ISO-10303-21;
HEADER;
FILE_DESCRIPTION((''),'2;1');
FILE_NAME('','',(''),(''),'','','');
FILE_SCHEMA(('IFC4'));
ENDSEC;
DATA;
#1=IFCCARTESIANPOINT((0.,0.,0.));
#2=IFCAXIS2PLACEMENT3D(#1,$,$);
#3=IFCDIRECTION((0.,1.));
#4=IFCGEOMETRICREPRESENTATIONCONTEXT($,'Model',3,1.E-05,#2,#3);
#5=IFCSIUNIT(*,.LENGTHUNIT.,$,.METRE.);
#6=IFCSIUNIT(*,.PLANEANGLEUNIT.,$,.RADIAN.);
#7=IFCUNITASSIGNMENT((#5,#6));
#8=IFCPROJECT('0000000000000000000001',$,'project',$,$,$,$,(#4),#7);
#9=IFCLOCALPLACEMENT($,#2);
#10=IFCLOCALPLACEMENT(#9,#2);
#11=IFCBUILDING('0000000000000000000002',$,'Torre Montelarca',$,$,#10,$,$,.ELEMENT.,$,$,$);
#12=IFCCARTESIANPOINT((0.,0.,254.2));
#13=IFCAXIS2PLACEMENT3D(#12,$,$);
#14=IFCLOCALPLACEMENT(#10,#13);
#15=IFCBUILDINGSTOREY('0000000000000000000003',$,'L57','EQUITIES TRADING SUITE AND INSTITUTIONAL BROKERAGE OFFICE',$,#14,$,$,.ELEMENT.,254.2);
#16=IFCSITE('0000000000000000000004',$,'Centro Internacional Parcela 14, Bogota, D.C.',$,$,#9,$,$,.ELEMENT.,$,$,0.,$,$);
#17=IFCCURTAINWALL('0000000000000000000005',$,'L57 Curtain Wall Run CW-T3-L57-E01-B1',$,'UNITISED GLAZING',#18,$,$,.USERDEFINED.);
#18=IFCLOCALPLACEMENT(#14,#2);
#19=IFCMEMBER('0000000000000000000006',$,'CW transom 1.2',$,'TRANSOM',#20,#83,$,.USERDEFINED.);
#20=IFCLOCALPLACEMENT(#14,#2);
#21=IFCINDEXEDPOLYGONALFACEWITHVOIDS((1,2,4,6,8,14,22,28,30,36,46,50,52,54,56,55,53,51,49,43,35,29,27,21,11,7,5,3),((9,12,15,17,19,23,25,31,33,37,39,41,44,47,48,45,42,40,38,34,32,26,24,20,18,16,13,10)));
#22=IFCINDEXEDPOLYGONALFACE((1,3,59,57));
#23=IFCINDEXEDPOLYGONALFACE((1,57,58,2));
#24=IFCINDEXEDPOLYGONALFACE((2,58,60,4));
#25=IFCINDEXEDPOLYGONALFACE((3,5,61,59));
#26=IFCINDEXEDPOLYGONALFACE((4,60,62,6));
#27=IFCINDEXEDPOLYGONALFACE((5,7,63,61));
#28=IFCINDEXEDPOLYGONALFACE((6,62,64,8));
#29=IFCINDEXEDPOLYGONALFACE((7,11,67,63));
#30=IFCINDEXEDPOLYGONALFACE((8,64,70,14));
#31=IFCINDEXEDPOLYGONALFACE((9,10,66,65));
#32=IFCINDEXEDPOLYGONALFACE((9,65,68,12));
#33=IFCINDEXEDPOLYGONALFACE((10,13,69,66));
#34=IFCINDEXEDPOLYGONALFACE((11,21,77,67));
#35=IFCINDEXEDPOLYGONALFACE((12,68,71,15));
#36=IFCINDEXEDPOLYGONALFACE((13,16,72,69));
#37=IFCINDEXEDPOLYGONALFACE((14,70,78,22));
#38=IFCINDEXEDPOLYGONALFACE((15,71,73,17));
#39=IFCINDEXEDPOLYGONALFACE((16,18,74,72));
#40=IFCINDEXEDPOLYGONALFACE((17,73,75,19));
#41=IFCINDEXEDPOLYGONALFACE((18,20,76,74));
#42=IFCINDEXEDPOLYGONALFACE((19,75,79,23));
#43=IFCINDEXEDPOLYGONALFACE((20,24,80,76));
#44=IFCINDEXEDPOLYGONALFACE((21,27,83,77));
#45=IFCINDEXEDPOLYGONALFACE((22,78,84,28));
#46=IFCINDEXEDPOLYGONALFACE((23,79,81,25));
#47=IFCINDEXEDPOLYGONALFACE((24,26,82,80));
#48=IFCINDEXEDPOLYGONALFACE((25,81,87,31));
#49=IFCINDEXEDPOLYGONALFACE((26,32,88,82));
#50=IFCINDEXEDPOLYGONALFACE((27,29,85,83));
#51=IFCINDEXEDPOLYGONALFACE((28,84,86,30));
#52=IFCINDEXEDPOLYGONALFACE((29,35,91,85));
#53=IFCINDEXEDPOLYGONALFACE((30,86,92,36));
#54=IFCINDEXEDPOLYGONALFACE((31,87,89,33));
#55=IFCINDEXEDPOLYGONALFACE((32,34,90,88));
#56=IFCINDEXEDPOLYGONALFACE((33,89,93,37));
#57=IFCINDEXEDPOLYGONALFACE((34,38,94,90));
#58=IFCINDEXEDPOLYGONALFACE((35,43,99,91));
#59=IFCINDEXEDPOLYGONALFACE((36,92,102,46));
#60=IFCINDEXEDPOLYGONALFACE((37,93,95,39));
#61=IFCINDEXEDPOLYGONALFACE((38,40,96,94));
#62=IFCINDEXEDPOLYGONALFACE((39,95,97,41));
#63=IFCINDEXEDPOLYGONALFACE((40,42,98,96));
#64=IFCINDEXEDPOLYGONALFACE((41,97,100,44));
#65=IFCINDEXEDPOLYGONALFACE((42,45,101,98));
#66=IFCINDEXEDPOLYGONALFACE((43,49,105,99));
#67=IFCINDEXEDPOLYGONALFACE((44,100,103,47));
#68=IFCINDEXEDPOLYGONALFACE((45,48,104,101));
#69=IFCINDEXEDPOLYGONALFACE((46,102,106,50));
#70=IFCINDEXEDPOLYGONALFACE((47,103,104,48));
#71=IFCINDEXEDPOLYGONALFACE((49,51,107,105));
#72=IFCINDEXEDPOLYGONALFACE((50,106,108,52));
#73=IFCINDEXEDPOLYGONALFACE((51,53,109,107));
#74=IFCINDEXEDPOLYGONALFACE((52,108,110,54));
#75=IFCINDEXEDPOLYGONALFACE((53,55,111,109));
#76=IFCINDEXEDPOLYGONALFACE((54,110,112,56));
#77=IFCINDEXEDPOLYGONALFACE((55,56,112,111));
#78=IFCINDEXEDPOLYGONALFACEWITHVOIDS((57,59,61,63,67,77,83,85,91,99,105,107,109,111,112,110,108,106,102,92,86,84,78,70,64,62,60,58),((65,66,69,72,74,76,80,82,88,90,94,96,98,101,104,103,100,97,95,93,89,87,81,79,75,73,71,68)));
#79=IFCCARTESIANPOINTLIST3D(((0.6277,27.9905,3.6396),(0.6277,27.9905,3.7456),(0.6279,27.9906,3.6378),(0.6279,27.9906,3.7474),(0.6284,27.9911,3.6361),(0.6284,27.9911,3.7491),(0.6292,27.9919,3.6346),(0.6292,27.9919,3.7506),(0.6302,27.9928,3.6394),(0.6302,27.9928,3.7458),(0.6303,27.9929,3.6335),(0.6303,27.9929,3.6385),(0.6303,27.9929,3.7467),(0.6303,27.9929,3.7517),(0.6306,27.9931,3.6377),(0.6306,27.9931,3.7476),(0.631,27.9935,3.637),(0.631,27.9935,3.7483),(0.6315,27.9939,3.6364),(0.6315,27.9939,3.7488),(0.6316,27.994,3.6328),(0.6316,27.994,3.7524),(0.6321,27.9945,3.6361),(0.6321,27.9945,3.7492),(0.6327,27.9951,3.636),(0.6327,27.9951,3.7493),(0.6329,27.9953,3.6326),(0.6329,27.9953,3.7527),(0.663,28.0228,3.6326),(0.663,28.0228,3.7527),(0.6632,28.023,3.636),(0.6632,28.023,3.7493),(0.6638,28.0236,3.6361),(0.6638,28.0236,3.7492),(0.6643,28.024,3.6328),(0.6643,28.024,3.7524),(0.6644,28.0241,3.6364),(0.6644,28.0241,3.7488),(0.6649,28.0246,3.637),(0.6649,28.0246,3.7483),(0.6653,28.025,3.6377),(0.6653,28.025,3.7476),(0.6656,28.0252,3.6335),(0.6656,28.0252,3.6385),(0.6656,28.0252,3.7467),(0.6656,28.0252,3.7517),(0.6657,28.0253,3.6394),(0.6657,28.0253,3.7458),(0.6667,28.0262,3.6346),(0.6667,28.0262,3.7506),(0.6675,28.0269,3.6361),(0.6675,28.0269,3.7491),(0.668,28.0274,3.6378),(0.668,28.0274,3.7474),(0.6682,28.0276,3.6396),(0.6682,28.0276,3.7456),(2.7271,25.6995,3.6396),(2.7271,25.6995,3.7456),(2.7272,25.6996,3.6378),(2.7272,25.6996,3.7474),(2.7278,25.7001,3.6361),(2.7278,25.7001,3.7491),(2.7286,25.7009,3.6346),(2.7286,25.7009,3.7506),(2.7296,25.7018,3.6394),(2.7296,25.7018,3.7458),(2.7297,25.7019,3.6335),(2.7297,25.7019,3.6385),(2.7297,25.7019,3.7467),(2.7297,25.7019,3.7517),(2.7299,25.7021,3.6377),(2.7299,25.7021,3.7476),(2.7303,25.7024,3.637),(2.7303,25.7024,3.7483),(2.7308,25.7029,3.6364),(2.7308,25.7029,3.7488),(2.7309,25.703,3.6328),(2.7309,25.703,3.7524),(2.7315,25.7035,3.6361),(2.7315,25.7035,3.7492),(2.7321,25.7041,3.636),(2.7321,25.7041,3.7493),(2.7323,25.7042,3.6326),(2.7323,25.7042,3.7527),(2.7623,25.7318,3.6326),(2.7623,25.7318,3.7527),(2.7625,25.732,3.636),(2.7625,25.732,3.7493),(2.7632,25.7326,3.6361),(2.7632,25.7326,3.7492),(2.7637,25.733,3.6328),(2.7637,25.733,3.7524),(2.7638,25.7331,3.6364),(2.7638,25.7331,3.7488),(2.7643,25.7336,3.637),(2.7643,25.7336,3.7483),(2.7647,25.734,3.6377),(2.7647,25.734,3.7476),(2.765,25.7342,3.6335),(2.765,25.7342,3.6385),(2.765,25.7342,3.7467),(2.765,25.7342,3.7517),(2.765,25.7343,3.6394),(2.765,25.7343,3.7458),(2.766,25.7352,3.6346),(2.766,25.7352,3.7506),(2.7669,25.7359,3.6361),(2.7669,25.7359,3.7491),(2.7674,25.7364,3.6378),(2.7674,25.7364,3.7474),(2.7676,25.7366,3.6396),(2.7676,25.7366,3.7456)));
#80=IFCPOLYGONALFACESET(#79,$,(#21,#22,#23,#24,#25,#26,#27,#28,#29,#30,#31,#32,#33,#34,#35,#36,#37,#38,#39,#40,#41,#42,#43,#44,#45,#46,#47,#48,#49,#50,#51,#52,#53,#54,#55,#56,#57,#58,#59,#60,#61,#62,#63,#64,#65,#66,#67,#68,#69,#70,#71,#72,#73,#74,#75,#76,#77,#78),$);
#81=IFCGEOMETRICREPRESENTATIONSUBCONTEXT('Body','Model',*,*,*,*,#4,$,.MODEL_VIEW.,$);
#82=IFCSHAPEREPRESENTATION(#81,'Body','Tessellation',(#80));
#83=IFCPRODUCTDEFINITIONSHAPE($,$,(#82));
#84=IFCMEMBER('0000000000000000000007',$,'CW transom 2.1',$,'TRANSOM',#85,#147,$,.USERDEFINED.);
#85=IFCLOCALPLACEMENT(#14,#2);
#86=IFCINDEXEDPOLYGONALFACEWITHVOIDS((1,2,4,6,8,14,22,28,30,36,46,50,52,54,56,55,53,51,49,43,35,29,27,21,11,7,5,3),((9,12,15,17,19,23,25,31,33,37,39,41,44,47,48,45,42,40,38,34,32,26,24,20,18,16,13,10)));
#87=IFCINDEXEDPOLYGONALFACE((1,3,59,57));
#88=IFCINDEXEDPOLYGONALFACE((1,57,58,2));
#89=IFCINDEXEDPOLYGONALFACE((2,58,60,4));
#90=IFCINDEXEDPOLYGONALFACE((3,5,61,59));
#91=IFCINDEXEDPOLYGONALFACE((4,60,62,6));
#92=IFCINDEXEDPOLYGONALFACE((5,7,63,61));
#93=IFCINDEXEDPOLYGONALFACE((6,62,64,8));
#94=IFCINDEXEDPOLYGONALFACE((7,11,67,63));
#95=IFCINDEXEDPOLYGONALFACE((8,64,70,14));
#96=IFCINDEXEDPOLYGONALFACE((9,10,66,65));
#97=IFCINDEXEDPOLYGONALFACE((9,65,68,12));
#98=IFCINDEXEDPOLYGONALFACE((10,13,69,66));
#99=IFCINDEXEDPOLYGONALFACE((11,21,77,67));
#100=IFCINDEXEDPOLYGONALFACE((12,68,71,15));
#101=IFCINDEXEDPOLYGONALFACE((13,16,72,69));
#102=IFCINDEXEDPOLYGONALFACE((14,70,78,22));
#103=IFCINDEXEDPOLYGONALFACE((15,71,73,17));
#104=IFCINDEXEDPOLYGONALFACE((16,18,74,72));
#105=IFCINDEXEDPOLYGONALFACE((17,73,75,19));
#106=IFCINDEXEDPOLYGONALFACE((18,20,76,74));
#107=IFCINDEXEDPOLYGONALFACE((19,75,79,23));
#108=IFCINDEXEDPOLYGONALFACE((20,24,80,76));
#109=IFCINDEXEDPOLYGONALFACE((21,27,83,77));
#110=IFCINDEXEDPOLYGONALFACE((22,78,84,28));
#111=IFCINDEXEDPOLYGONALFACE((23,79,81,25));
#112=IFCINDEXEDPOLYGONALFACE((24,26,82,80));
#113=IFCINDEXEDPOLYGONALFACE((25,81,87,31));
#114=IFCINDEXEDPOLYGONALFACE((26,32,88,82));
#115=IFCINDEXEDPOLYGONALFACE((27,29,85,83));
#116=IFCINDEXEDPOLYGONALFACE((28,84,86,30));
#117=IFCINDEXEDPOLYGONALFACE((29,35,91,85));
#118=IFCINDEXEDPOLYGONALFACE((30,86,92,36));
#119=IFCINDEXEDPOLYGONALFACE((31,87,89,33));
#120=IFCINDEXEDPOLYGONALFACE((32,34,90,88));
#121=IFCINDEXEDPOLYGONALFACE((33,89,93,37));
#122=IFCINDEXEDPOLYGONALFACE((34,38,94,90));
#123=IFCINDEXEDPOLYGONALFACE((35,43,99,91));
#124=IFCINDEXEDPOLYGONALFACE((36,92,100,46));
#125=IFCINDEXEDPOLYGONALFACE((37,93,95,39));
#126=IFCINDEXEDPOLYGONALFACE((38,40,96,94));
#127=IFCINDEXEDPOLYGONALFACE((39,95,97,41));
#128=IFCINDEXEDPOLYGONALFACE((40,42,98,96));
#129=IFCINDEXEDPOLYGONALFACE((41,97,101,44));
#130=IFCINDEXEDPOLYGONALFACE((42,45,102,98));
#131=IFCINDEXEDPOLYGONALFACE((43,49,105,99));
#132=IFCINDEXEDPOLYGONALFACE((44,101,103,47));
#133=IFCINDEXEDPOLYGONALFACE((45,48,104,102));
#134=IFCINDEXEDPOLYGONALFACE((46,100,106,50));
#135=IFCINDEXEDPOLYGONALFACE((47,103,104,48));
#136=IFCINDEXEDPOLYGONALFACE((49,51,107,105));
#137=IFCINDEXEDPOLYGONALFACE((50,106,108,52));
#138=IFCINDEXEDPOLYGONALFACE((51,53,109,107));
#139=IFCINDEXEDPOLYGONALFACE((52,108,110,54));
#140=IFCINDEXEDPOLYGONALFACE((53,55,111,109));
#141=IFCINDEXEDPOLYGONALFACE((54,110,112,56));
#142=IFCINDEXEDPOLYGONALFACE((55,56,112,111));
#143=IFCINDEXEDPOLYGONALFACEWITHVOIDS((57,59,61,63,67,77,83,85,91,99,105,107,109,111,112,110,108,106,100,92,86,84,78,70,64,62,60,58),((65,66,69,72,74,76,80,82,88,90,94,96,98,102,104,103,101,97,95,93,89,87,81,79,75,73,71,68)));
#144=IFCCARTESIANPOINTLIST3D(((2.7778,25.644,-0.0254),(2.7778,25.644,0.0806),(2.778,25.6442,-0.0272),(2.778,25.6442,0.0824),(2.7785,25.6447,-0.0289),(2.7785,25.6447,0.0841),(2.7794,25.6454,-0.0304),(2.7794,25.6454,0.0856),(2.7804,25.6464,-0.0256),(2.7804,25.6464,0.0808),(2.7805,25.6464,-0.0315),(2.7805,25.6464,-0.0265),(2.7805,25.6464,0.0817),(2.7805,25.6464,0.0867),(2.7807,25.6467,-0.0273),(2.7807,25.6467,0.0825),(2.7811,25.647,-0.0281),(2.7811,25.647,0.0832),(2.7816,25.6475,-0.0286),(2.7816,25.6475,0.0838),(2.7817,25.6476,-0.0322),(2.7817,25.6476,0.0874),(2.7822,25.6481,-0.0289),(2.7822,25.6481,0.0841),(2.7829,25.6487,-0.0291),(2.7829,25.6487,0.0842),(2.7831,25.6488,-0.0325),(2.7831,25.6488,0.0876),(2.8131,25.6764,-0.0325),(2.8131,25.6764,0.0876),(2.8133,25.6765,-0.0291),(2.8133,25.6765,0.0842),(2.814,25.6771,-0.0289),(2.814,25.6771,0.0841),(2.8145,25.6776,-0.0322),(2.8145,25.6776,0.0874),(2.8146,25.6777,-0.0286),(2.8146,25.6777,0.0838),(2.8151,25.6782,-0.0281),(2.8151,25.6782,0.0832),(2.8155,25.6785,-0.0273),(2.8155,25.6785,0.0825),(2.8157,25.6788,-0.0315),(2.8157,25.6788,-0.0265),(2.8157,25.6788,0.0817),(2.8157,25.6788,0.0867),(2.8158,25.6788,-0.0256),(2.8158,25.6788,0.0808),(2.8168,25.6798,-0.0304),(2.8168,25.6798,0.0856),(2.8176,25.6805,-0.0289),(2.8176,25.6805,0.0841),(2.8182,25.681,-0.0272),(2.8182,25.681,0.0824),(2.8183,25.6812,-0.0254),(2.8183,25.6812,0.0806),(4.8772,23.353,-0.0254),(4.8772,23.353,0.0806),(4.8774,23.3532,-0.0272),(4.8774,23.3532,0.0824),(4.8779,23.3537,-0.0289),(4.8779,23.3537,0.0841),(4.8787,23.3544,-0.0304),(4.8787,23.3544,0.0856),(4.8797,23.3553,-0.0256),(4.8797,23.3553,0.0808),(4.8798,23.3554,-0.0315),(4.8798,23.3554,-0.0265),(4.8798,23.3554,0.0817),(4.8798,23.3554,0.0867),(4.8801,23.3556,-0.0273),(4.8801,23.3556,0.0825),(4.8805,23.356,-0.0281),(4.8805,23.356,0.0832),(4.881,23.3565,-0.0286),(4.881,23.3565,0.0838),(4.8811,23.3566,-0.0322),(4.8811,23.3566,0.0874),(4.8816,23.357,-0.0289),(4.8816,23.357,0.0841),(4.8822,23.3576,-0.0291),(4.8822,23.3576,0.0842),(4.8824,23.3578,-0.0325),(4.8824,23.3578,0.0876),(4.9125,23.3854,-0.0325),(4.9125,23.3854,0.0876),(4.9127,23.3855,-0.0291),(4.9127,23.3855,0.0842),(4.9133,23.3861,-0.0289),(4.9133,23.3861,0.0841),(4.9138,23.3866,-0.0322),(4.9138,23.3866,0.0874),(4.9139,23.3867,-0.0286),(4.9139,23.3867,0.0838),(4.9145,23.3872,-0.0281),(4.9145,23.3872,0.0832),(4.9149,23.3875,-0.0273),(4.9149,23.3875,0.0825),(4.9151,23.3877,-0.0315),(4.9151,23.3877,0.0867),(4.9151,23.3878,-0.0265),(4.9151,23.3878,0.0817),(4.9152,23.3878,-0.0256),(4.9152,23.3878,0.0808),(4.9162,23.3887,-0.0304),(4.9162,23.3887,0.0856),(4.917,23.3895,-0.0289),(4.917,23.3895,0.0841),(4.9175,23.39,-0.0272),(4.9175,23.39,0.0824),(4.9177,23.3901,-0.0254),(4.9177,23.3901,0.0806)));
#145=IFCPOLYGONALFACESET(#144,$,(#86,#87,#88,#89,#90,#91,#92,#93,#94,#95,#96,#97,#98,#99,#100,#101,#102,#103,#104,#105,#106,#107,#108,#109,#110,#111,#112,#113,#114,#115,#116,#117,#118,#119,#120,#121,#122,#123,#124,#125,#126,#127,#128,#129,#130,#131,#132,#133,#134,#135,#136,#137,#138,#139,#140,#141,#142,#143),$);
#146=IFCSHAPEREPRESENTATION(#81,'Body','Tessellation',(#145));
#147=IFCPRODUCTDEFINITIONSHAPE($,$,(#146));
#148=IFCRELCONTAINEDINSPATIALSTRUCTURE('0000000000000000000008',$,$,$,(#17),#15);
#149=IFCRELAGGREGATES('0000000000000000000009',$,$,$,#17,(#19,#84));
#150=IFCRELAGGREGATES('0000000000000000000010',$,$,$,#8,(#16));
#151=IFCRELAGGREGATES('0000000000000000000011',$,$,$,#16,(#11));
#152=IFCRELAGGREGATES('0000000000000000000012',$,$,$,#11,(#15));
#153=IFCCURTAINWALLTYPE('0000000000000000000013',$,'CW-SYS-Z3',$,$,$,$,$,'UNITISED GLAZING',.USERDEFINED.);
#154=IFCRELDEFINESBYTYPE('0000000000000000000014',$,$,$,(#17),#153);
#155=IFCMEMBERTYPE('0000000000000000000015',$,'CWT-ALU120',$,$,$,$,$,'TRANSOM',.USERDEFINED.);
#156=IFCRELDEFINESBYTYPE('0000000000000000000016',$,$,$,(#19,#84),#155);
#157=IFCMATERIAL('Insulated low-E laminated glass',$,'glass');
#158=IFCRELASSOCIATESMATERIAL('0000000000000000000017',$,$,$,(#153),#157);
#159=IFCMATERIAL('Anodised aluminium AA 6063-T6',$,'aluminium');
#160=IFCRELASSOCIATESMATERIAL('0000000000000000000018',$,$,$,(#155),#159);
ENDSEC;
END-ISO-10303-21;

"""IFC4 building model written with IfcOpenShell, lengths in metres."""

from ifc_helpers import new_model, si_unit, direction, frame, origin, origin_2d, place, context, subcontext, project, spatial, hollow_rectangle, extrude, source, transform, mapped, material, material_profile, profile_set, type_object, element, aggregate, save


model = new_model("IFC4")

# Units and contexts
model_context = context("Model", 3, precision=1e-05, world=origin(), true_north=direction((0.0, 1.0)))
body_context = subcontext(model_context, "Body", "Model", "MODEL_VIEW")
ifc_project = project(units=[si_unit("LENGTHUNIT", "METRE"), si_unit("PLANEANGLEUNIT", "RADIAN")], contexts=[model_context])

# Site, building, storey
site_placement = place(None, origin())
site = spatial("IfcSite", under=ifc_project, at=site_placement, Name="Centro Internacional Parcela 14, Bogota, D.C.", CompositionType="ELEMENT", RefElevation=0.0)
building_placement = place(site_placement, origin())
building = spatial("IfcBuilding", under=site, at=building_placement, Name="Torre Montelarca", CompositionType="ELEMENT")
storey_placement = place(building_placement, frame((0.0, 0.0, 254.2)))
storey = spatial("IfcBuildingStorey", under=building, at=storey_placement, Name="L57", Description="EQUITIES TRADING SUITE AND INSTITUTIONAL BROKERAGE OFFICE", CompositionType="ELEMENT", Elevation=254.2)

# Curtain wall, members
ifc_material_1 = material(Name="Insulated low-E laminated glass", Category="glass")
curtain_wall_type = type_object("IfcCurtainWallType", Name="CW-SYS-Z3", ElementType="UNITISED GLAZING", PredefinedType="USERDEFINED", material=ifc_material_1)
curtain_wall_placement = place(storey_placement, origin())
curtain_wall = element("IfcCurtainWall", 1, at=curtain_wall_placement, inside=storey, type_object=curtain_wall_type, Name="L57 Curtain Wall Run CW-T3-L57-E01-B1", ObjectType="UNITISED GLAZING", PredefinedType="USERDEFINED")
ifc_material_2 = material(Name="Anodised aluminium AA 6063-T6", Category="aluminium")
ifc_material_profile_1 = material_profile(ifc_material_2, hollow_rectangle(XDim=0.0549, YDim=0.1201, WallThickness=0.0034, InnerFilletRadius=0.0034, OuterFilletRadius=0.0071, at=origin_2d()), Name="ALU55X120X3.5", Category="aluminium")
ifc_profile_set_1 = profile_set([ifc_material_profile_1], Name="Anodised aluminium AA 6063-T6")
member_type_1 = type_object("IfcMemberType", Name="CWT-ALU120", ElementType="TRANSOM", PredefinedType="USERDEFINED", material=ifc_profile_set_1)
shared_shape_1 = source(origin(), body_context, "Body", "SweptSolid", [
    extrude(hollow_rectangle(XDim=0.0549, YDim=0.1201, WallThickness=0.0034, InnerFilletRadius=0.0034, OuterFilletRadius=0.0071, at=origin_2d()), origin(), (0.0, 0.0, 1.0), 3.1074),
])
member_1_placement = place(storey_placement, frame((0.6479, 28.009, 3.6926), z_axis=(0.675597, -0.737272, 0.0), x_axis=(0.737272, 0.675597, 0.0)))
member_1 = element("IfcMember", 2, at=member_1_placement, type_object=member_type_1, Name="CW transom 1.2", ObjectType="TRANSOM", PredefinedType="USERDEFINED", context=body_context, shape_type="MappedRepresentation", body=[
    mapped(shared_shape_1, transform((0.0, 0.0, 0.0), scale=1.0)),
])
member_2_placement = place(storey_placement, frame((2.7981, 25.6626, 0.0276), z_axis=(0.675597, -0.737272, 0.0), x_axis=(0.737272, 0.675597, 0.0)))
member_2 = element("IfcMember", 3, at=member_2_placement, type_object=member_type_1, Name="CW transom 2.1", ObjectType="TRANSOM", PredefinedType="USERDEFINED", context=body_context, shape_type="MappedRepresentation", body=[
    mapped(shared_shape_1, transform((0.0, 0.0, 0.0), scale=1.0)),
])
aggregate(curtain_wall, [member_1, member_2])

save(model, "model.ifc")
